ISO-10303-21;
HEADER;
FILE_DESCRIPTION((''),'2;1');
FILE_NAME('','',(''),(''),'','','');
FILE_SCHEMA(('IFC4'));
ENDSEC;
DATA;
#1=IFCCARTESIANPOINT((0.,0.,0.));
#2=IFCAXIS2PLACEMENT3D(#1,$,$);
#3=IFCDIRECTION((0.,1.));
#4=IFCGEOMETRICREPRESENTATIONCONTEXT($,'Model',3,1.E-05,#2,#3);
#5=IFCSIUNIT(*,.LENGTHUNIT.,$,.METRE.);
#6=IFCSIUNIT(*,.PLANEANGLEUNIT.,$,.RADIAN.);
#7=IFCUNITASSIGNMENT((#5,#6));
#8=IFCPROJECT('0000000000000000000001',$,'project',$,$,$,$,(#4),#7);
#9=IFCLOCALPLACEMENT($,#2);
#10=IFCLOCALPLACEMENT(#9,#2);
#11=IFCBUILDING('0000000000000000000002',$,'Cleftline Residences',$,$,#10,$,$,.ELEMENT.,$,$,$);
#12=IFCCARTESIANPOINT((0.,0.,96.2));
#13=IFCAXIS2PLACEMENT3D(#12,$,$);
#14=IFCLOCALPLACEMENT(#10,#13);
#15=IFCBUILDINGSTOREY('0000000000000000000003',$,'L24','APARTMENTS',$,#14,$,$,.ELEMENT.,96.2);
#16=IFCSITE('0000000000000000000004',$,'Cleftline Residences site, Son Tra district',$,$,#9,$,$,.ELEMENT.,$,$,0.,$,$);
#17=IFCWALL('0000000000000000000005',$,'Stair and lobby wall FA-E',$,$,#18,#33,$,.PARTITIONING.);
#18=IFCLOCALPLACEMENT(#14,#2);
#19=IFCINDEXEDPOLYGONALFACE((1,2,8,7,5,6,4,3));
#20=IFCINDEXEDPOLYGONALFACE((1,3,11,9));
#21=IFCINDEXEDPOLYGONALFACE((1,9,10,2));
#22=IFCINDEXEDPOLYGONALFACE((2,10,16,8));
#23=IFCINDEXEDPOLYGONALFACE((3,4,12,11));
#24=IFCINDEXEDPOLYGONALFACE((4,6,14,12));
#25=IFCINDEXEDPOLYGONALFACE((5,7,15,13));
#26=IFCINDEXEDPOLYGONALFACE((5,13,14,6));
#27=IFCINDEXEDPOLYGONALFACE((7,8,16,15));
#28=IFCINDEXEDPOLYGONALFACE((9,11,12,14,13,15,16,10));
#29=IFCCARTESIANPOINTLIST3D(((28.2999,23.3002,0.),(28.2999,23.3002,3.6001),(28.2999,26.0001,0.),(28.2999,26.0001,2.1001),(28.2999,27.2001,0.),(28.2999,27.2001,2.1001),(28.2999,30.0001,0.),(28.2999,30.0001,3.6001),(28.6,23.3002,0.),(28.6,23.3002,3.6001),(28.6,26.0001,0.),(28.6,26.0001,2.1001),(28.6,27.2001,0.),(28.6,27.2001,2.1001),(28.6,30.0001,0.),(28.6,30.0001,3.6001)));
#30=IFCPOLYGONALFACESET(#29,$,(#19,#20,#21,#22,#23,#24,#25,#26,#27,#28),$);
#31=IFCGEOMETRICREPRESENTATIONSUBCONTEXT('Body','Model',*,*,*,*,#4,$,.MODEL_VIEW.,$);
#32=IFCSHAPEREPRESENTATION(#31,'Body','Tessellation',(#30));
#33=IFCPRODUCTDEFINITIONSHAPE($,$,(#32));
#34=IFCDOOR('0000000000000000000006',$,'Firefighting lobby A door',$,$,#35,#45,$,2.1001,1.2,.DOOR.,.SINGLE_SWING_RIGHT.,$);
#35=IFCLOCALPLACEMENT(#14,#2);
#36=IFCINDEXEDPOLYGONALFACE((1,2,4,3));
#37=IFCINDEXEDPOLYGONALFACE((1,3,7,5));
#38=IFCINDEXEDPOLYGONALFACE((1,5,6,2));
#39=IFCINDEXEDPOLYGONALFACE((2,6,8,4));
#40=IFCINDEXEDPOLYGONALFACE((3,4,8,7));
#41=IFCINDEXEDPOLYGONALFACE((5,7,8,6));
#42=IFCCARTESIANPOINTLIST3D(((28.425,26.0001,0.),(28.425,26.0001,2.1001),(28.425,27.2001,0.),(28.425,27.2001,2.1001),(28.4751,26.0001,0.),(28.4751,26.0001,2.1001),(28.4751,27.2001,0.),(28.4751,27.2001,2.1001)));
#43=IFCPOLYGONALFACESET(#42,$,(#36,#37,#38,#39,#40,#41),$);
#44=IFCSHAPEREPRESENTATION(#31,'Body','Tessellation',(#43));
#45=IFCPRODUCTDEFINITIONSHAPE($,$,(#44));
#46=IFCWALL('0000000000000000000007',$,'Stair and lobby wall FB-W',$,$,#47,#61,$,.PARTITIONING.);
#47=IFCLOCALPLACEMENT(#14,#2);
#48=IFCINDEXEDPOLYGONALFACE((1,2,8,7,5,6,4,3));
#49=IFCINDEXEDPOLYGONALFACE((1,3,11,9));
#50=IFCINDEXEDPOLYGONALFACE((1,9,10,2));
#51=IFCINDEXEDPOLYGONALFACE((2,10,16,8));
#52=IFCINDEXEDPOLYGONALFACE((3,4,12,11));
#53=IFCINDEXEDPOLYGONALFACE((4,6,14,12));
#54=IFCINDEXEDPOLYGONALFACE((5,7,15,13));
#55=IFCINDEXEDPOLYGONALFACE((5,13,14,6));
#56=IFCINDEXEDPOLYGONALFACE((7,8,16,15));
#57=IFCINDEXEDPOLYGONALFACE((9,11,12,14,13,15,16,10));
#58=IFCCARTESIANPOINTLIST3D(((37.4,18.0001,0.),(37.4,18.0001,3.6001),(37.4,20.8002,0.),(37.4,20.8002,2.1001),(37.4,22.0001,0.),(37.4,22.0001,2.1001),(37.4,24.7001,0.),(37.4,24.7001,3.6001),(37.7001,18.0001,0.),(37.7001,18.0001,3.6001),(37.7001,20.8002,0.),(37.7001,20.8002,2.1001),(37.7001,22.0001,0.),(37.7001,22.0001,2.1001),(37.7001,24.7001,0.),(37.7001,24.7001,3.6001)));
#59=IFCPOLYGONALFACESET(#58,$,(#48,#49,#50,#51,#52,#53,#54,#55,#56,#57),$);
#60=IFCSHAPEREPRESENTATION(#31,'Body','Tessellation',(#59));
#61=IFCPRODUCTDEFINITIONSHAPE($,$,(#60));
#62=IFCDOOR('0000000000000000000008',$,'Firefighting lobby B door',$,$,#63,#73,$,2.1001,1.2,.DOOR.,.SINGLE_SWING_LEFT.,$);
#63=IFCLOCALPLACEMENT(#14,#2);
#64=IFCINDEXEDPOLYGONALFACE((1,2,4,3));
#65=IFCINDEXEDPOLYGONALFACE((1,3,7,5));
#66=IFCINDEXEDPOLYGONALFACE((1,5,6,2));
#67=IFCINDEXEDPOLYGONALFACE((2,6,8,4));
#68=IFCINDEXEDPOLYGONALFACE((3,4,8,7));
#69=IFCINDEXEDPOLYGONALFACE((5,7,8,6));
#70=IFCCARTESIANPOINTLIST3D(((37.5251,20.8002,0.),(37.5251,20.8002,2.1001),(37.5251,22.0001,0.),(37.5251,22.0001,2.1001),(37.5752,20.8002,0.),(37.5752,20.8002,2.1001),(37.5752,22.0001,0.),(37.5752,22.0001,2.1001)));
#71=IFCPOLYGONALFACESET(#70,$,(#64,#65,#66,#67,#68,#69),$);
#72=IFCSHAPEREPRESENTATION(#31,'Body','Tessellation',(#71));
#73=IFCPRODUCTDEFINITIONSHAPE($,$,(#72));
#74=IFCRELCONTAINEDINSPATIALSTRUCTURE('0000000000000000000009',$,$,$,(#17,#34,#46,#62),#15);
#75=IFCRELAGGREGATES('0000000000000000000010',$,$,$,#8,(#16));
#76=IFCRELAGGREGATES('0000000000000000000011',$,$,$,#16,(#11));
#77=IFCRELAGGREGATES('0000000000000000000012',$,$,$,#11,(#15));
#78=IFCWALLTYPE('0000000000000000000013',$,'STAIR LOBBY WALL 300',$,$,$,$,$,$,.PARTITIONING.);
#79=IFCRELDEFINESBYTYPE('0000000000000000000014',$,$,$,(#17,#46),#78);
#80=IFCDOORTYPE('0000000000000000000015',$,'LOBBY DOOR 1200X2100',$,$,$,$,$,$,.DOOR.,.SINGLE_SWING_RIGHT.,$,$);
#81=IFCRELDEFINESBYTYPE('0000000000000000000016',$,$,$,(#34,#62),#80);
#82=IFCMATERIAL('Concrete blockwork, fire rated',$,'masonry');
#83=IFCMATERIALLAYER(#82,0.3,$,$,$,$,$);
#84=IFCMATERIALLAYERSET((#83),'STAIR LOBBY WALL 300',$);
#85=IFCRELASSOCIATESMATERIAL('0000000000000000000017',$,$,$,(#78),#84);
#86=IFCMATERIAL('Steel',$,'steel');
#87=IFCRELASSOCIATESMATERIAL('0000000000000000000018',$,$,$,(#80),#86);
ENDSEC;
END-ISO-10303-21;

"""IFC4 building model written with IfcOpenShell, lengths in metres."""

from ifc_helpers import new_model, si_unit, direction, frame, frame_2d, origin, place, context, subcontext, project, spatial, rectangle, extrude, material, layer, layer_set, type_object, element, fill, save


model = new_model("IFC4")

# Units and contexts
model_context = context("Model", 3, precision=1e-05, world=origin(), true_north=direction((0.0, 1.0)))
body_context = subcontext(model_context, "Body", "Model", "MODEL_VIEW")
ifc_project = project(units=[si_unit("LENGTHUNIT", "METRE"), si_unit("PLANEANGLEUNIT", "RADIAN")], contexts=[model_context])

# Site, building, storey
site_placement = place(None, origin())
site = spatial("IfcSite", under=ifc_project, at=site_placement, Name="Cleftline Residences site, Son Tra district", CompositionType="ELEMENT", RefElevation=0.0)
building_placement = place(site_placement, origin())
building = spatial("IfcBuilding", under=site, at=building_placement, Name="Cleftline Residences", CompositionType="ELEMENT")
storey_placement = place(building_placement, frame((0.0, 0.0, 96.2)))
storey = spatial("IfcBuildingStorey", under=building, at=storey_placement, Name="L24", Description="APARTMENTS", CompositionType="ELEMENT", Elevation=96.2)

# Walls, openings, doors
ifc_material_1 = material(Name="Concrete blockwork, fire rated", Category="masonry")
ifc_layer_1 = layer(ifc_material_1, 0.3)
ifc_layer_set_1 = layer_set([ifc_layer_1], Name="STAIR LOBBY WALL 300")
wall_type_1 = type_object("IfcWallType", Name="STAIR LOBBY WALL 300", PredefinedType="PARTITIONING", material=ifc_layer_set_1)
wall_1_placement = place(storey_placement, frame((28.45, 23.3, 0.0), z_axis=(0.0, 0.0, 1.0), x_axis=(0.0, 1.0, 0.0)))
wall_1 = element("IfcWall", 1, at=wall_1_placement, inside=storey, type_object=wall_type_1, Name="Stair and lobby wall FA-E", PredefinedType="PARTITIONING", context=body_context, shape_type="SweptSolid", body=[
    extrude(rectangle(XDim=6.7, YDim=0.3, at=frame_2d((3.3501, 0.0))), origin(), (0.0, 0.0, 1.0), 3.6001),
])
opening_1_placement = place(wall_1_placement, frame((2.7, 0.0, 0.0)))
opening_1 = element("IfcOpeningElement", 2, at=opening_1_placement, cuts=wall_1, PredefinedType="OPENING", context=body_context, shape_type="SweptSolid", body=[
    extrude(rectangle(XDim=1.2, YDim=2.1001, at=frame_2d((0.6001, 1.05))), frame((0.0, 0.1599, 0.0), z_axis=(0.0, -1.0, 0.0), x_axis=(1.0, 0.0, 0.0)), (0.0, 0.0, 1.0), 0.3201),
])
ifc_material_2 = material(Name="Steel", Category="steel")
door_type_1 = type_object("IfcDoorType", Name="LOBBY DOOR 1200X2100", OperationType="SINGLE_SWING_RIGHT", PredefinedType="DOOR", material=ifc_material_2)
door_1_placement = place(opening_1_placement, origin())
door_1 = element("IfcDoor", 3, at=door_1_placement, inside=storey, type_object=door_type_1, Name="Firefighting lobby A door", OperationType="SINGLE_SWING_RIGHT", OverallHeight=2.1001, OverallWidth=1.2, PredefinedType="DOOR", context=body_context, shape_type="SweptSolid", body=[
    extrude(rectangle(XDim=1.2, YDim=2.1001, at=frame_2d((0.6001, 1.05))), frame((0.0, 0.0249, 0.0), z_axis=(0.0, -1.0, 0.0), x_axis=(1.0, 0.0, 0.0)), (0.0, 0.0, 1.0), 0.05),
])
fill(opening_1, door_1)
wall_2_placement = place(storey_placement, frame((37.55, 18.0, 0.0), z_axis=(0.0, 0.0, 1.0), x_axis=(0.0, 1.0, 0.0)))
wall_2 = element("IfcWall", 4, at=wall_2_placement, inside=storey, type_object=wall_type_1, Name="Stair and lobby wall FB-W", PredefinedType="PARTITIONING", context=body_context, shape_type="SweptSolid", body=[
    extrude(rectangle(XDim=6.7, YDim=0.3, at=frame_2d((3.3501, 0.0))), origin(), (0.0, 0.0, 1.0), 3.6001),
])
opening_2_placement = place(wall_2_placement, frame((2.8, 0.0, 0.0)))
opening_2 = element("IfcOpeningElement", 5, at=opening_2_placement, cuts=wall_2, PredefinedType="OPENING", context=body_context, shape_type="SweptSolid", body=[
    extrude(rectangle(XDim=1.2, YDim=2.1001, at=frame_2d((0.6001, 1.05))), frame((0.0, 0.1599, 0.0), z_axis=(0.0, -1.0, 0.0), x_axis=(1.0, 0.0, 0.0)), (0.0, 0.0, 1.0), 0.3201),
])
door_2_placement = place(opening_2_placement, origin())
door_2 = element("IfcDoor", 6, at=door_2_placement, inside=storey, type_object=door_type_1, Name="Firefighting lobby B door", OperationType="SINGLE_SWING_LEFT", OverallHeight=2.1001, OverallWidth=1.2, PredefinedType="DOOR", context=body_context, shape_type="SweptSolid", body=[
    extrude(rectangle(XDim=1.2, YDim=2.1001, at=frame_2d((0.6001, 1.05))), frame((0.0, 0.0249, 0.0), z_axis=(0.0, -1.0, 0.0), x_axis=(1.0, 0.0, 0.0)), (0.0, 0.0, 1.0), 0.05),
])
fill(opening_2, door_2)

save(model, "model.ifc")
